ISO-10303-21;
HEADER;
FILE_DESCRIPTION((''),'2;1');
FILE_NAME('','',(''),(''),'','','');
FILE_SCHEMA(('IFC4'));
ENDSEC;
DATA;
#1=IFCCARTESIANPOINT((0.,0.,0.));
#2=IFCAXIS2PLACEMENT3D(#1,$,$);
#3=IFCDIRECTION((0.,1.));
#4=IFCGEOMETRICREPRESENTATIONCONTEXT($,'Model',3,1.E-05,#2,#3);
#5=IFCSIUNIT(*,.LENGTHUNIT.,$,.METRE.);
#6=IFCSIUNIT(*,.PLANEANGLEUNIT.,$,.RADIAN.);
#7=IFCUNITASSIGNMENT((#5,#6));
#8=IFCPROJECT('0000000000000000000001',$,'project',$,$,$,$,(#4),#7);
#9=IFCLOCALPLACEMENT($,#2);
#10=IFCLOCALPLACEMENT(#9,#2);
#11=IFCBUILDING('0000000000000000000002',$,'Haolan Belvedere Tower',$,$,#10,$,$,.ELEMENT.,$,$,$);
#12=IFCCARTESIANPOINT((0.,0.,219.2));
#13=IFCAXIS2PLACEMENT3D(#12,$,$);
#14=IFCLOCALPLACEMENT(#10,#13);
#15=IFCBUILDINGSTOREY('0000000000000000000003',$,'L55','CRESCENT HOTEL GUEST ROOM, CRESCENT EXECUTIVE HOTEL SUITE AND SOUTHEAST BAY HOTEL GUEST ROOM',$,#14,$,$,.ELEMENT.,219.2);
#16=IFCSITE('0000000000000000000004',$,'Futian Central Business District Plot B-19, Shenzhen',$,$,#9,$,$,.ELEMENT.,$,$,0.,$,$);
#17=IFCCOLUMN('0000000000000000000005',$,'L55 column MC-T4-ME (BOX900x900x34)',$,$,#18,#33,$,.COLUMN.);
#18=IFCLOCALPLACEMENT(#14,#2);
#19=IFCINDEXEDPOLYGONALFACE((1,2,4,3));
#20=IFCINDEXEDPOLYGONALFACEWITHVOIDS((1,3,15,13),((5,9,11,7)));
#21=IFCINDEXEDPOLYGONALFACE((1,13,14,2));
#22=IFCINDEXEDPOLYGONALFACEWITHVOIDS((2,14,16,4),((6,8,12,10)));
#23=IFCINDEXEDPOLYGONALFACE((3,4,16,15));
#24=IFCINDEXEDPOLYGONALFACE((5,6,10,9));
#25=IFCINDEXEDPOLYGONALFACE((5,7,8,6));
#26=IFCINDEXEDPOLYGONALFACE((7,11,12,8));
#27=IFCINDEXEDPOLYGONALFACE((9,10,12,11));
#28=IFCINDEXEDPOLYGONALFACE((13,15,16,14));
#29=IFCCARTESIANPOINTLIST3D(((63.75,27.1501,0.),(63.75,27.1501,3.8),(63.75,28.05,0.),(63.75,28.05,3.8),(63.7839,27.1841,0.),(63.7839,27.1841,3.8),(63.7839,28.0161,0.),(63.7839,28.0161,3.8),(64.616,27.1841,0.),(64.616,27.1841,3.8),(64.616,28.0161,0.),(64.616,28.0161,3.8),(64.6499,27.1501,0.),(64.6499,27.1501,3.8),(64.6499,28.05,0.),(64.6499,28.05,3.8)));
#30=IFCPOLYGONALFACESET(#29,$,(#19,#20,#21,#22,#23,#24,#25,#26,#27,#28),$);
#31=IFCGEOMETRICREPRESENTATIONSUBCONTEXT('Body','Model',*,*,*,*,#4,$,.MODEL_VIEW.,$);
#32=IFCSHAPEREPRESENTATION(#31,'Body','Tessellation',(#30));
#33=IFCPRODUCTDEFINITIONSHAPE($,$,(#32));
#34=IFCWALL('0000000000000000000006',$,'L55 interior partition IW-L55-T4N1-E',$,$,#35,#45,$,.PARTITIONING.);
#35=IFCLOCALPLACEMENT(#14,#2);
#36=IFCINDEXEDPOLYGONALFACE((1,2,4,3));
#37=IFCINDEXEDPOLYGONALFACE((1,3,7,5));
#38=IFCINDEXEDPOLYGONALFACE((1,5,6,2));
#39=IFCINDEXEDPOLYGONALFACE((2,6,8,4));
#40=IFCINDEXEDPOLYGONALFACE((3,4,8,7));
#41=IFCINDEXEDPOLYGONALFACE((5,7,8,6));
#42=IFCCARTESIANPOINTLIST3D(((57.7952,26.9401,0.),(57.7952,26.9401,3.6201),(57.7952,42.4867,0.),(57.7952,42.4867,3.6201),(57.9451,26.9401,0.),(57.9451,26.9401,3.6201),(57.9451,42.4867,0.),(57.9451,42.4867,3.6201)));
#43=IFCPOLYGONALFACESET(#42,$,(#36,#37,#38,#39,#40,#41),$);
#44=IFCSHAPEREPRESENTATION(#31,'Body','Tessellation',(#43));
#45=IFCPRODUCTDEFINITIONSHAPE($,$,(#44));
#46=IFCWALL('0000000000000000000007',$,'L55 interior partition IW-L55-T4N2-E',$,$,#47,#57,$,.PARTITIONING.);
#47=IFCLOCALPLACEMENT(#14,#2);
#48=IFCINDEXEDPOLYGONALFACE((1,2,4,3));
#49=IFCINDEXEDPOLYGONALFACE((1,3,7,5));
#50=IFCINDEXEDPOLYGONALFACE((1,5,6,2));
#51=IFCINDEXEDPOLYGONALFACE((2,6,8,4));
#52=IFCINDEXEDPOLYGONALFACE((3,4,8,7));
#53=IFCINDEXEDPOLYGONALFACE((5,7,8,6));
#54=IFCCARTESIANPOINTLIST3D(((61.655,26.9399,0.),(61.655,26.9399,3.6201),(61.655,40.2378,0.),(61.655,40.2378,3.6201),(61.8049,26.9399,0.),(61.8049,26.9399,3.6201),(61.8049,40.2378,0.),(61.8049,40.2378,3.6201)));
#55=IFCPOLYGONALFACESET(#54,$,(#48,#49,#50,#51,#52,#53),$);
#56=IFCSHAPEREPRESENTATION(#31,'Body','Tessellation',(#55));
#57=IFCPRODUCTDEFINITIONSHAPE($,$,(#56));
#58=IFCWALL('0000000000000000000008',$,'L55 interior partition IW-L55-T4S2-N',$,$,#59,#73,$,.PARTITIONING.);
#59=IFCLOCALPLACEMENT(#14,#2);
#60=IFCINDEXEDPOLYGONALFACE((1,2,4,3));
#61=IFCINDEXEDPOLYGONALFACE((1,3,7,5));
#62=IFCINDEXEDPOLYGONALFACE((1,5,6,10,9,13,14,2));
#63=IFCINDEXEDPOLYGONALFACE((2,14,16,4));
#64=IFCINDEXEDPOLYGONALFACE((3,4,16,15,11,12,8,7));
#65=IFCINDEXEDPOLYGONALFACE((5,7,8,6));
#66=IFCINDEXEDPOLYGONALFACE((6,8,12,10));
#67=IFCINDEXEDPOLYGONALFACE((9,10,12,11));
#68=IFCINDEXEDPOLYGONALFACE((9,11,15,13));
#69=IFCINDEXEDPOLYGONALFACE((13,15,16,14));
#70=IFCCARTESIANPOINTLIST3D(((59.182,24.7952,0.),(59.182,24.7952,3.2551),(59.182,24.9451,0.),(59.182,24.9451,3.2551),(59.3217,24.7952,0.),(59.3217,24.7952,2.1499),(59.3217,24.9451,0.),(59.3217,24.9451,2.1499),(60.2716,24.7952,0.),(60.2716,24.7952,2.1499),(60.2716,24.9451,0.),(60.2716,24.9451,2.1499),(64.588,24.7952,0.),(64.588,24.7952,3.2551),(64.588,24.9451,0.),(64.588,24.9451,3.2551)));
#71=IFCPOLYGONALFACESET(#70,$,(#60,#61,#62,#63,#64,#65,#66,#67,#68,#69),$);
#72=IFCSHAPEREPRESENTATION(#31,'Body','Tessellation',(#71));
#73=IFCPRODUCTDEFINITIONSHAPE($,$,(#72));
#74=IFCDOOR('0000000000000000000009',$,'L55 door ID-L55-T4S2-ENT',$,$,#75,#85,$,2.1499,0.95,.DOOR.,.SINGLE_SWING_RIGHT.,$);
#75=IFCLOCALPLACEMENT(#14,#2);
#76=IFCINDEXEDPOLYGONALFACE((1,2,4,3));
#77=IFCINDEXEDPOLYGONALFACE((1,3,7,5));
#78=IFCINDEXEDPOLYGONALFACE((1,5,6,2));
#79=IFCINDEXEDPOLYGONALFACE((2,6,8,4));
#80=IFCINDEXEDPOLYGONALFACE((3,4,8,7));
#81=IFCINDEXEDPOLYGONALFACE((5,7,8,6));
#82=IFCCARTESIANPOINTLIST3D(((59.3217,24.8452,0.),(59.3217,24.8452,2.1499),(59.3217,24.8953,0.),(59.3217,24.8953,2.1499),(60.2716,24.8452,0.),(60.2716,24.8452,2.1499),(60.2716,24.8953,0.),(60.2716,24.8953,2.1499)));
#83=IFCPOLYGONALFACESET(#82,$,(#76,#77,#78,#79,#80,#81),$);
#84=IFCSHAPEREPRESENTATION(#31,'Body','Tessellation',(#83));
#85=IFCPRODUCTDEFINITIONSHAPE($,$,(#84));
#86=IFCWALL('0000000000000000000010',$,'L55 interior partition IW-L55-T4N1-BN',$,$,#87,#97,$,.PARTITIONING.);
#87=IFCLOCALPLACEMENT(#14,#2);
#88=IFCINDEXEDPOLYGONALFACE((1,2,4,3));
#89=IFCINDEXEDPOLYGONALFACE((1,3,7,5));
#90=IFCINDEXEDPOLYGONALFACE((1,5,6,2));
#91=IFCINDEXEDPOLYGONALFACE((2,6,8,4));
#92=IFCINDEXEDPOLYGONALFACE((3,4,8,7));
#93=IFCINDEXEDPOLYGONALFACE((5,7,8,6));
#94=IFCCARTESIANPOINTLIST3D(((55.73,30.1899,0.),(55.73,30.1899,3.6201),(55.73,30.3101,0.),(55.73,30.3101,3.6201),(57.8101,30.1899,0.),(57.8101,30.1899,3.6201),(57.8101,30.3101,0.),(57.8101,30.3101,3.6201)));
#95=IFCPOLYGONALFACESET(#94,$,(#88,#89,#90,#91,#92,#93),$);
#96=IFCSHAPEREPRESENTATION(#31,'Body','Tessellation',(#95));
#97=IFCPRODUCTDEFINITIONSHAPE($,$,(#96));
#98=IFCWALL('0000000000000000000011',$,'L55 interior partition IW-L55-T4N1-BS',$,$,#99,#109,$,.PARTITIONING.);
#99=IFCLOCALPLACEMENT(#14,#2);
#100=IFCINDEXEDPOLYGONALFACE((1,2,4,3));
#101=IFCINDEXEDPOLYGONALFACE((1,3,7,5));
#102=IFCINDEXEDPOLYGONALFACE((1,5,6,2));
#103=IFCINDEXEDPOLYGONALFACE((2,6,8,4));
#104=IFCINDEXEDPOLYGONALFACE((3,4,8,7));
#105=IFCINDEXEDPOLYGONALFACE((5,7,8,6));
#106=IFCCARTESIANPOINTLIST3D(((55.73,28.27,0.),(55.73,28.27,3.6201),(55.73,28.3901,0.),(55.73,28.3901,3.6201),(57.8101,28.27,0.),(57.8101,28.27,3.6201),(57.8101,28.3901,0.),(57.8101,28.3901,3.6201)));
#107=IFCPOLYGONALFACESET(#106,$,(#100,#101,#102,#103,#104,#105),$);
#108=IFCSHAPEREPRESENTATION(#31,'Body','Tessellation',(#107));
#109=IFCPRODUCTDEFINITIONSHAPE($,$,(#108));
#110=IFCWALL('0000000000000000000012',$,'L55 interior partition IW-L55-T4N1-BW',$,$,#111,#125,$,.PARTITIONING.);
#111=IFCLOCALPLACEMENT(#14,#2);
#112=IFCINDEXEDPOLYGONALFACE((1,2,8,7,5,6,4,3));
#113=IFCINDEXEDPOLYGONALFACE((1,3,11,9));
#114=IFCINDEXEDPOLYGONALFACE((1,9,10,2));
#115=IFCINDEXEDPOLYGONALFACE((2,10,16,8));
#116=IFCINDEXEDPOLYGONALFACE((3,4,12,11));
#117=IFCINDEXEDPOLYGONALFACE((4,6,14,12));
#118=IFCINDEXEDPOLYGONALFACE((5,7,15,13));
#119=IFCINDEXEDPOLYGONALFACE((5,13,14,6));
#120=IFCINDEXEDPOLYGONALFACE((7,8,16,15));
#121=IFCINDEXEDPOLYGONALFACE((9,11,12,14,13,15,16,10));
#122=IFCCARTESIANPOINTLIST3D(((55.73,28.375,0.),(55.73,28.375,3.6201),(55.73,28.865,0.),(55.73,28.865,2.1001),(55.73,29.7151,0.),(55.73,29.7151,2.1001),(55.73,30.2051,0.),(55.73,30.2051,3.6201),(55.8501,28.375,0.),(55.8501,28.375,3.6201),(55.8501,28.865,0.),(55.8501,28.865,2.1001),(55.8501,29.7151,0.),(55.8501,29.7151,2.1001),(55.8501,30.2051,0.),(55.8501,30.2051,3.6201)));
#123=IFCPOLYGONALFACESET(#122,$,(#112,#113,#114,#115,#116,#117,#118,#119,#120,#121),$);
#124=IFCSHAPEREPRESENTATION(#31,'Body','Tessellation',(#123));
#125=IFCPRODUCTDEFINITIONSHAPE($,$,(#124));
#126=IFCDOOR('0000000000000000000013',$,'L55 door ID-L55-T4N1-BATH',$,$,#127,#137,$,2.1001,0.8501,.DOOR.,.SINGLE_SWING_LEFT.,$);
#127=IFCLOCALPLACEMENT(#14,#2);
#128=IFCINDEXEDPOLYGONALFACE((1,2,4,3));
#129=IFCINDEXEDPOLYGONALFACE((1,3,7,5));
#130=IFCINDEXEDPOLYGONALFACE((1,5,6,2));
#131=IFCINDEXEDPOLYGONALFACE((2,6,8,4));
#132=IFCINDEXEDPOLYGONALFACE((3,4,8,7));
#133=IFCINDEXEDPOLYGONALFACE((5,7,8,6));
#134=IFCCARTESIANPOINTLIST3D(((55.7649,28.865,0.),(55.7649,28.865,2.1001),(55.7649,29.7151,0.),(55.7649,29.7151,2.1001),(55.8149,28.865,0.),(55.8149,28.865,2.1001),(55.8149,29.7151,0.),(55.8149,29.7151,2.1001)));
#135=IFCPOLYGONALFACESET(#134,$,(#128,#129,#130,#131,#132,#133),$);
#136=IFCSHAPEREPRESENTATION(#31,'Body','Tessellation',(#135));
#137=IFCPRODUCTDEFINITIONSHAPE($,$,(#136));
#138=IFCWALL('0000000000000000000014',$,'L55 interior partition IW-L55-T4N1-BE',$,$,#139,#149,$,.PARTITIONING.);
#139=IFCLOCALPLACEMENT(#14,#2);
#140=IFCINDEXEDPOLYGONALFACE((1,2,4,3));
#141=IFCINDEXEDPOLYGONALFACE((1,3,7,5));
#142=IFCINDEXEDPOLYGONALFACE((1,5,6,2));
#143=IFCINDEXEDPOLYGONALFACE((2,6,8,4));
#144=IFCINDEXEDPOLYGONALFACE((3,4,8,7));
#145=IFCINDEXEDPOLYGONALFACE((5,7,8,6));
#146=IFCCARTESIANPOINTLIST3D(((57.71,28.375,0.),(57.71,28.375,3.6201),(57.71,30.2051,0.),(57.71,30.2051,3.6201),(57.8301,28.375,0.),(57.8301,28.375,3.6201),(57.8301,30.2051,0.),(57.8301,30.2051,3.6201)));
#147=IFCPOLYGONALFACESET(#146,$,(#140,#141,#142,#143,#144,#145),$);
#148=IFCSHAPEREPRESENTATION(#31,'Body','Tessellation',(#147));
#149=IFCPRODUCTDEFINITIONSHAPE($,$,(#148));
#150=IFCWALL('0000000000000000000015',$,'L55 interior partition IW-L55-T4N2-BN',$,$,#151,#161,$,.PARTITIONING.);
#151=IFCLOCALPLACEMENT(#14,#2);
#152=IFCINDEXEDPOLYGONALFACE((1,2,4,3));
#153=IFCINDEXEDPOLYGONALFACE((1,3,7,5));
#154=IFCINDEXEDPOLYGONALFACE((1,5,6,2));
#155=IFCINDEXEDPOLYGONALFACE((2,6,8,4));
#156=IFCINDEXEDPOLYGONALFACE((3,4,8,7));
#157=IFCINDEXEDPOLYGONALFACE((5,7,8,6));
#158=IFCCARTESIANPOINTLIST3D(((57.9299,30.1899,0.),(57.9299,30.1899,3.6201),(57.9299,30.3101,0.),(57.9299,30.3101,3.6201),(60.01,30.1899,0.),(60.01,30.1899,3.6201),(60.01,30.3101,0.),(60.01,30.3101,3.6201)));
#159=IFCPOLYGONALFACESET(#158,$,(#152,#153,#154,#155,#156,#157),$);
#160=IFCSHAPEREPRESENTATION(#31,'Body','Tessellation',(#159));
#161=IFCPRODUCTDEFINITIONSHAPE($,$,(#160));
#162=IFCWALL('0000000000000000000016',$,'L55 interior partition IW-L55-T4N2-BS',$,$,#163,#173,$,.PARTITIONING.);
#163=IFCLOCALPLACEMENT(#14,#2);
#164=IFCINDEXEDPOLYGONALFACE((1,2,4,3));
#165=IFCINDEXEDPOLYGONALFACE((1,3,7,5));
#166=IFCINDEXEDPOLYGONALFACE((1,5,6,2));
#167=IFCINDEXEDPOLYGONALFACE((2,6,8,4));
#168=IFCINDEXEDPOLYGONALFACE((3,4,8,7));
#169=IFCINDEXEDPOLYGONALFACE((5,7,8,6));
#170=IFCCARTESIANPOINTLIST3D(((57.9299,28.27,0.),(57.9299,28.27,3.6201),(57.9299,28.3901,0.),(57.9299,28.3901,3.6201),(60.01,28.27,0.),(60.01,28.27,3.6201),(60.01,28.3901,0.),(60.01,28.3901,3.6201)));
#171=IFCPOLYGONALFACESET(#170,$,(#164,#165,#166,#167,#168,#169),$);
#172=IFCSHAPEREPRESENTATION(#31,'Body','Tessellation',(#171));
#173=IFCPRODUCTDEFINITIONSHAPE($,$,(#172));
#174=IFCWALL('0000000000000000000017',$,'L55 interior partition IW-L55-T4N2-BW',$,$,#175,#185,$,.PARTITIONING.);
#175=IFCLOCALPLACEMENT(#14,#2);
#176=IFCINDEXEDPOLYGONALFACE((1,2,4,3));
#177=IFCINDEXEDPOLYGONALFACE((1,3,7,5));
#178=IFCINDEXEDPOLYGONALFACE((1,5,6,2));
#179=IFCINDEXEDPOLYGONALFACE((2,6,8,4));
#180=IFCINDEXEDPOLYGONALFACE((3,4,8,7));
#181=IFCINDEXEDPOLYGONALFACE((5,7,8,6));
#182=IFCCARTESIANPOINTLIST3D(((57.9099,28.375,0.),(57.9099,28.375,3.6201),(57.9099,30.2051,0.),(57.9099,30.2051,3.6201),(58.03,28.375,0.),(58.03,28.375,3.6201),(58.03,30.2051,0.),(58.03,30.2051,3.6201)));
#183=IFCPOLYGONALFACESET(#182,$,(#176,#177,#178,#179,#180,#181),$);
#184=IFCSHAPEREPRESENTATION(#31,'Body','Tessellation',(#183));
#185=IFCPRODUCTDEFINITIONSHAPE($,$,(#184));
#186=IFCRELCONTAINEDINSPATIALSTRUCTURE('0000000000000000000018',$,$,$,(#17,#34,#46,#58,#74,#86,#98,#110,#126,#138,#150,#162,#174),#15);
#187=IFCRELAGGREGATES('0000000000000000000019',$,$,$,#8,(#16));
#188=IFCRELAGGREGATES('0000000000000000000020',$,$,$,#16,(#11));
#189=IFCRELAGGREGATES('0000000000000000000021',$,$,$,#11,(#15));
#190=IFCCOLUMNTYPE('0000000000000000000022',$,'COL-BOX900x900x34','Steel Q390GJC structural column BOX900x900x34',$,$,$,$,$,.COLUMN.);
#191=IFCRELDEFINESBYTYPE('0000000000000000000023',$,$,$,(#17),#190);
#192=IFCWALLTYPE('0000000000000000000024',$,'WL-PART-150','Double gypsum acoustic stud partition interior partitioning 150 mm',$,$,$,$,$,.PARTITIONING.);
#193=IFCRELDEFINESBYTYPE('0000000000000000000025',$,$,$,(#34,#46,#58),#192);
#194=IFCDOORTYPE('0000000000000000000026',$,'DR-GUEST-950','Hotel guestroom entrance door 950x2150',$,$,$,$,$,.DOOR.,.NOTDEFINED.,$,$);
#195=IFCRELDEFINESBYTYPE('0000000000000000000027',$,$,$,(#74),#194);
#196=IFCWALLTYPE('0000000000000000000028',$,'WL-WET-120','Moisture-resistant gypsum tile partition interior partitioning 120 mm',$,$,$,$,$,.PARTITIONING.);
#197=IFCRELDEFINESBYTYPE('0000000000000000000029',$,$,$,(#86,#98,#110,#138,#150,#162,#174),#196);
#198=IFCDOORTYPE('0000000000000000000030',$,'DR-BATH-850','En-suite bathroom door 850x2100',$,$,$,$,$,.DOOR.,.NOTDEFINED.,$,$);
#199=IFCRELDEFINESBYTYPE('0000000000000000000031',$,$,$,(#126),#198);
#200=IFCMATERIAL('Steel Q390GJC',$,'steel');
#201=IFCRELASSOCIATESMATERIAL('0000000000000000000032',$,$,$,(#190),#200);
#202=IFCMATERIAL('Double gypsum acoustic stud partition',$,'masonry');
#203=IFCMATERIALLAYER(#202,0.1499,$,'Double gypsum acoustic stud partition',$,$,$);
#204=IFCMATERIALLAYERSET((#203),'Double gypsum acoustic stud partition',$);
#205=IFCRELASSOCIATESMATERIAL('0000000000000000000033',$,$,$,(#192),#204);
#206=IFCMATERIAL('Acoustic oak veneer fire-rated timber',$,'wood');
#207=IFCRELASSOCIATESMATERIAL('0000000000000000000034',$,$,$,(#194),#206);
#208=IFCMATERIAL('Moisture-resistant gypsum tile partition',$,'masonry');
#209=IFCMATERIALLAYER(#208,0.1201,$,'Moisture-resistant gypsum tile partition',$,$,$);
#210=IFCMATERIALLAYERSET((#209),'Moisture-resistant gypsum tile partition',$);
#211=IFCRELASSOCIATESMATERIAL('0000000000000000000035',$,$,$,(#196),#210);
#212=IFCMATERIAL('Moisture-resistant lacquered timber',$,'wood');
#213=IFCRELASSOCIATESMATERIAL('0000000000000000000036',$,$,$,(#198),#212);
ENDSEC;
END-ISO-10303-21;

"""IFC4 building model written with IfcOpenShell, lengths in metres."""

from ifc_helpers import new_model, si_unit, direction, frame, frame_2d, origin, origin_2d, place, context, subcontext, project, spatial, rectangle, hollow_rectangle, extrude, material, layer, layer_set, material_profile, profile_set, type_object, element, fill, save


model = new_model("IFC4")

# Units and contexts
model_context = context("Model", 3, precision=1e-05, world=origin(), true_north=direction((0.0, 1.0)))
body_context = subcontext(model_context, "Body", "Model", "MODEL_VIEW")
ifc_project = project(units=[si_unit("LENGTHUNIT", "METRE"), si_unit("PLANEANGLEUNIT", "RADIAN")], contexts=[model_context])

# Site, building, storey
site_placement = place(None, origin())
site = spatial("IfcSite", under=ifc_project, at=site_placement, Name="Futian Central Business District Plot B-19, Shenzhen", CompositionType="ELEMENT", RefElevation=0.0)
building_placement = place(site_placement, origin())
building = spatial("IfcBuilding", under=site, at=building_placement, Name="Haolan Belvedere Tower", CompositionType="ELEMENT")
storey_placement = place(building_placement, frame((0.0, 0.0, 219.2)))
storey = spatial("IfcBuildingStorey", under=building, at=storey_placement, Name="L55", Description="CRESCENT HOTEL GUEST ROOM, CRESCENT EXECUTIVE HOTEL SUITE AND SOUTHEAST BAY HOTEL GUEST ROOM", CompositionType="ELEMENT", Elevation=219.2)

# Column
ifc_material_1 = material(Name="Steel Q390GJC", Category="steel")
ifc_material_profile = material_profile(ifc_material_1, hollow_rectangle(XDim=0.8999, YDim=0.8999, WallThickness=0.0339, at=origin_2d()), Name="Steel Q390GJC")
ifc_profile_set = profile_set([ifc_material_profile], Name="Steel Q390GJC")
column_type = type_object("IfcColumnType", Name="COL-BOX900x900x34", Description="Steel Q390GJC structural column BOX900x900x34", PredefinedType="COLUMN", material=ifc_profile_set)
column_placement = place(storey_placement, frame((64.2, 27.6001, 0.0), z_axis=(0.0, 0.0, 1.0), x_axis=(1.0, 0.0, 0.0)))
element("IfcColumn", 1, at=column_placement, inside=storey, type_object=column_type, Name="L55 column MC-T4-ME (BOX900x900x34)", PredefinedType="COLUMN", context=body_context, shape_type="SweptSolid", body=[
    extrude(hollow_rectangle(XDim=0.8999, YDim=0.8999, WallThickness=0.0339, at=origin_2d()), origin(), (0.0, 0.0, 1.0), 3.8),
])

# Wall
ifc_material_2 = material(Name="Double gypsum acoustic stud partition", Category="masonry")
ifc_layer_1 = layer(ifc_material_2, 0.1499, Name="Double gypsum acoustic stud partition")
ifc_layer_set_1 = layer_set([ifc_layer_1], Name="Double gypsum acoustic stud partition")
wall_type_1 = type_object("IfcWallType", Name="WL-PART-150", Description="Double gypsum acoustic stud partition interior partitioning 150 mm", PredefinedType="PARTITIONING", material=ifc_layer_set_1)
wall_1_placement = place(storey_placement, frame((57.8701, 26.9399, 0.0), z_axis=(0.0, 0.0, 1.0), x_axis=(0.0, 1.0, 0.0)))
element("IfcWall", 2, at=wall_1_placement, inside=storey, type_object=wall_type_1, Name="L55 interior partition IW-L55-T4N1-E", PredefinedType="PARTITIONING", context=body_context, shape_type="SweptSolid", body=[
    extrude(rectangle(XDim=15.5466, YDim=0.1499, at=frame_2d((7.7734, 0.0))), origin(), (0.0, 0.0, 1.0), 3.6201),
])

# Shared definitions
ifc_material_3 = material(Name="Acoustic oak veneer fire-rated timber", Category="wood")
door_type_1 = type_object("IfcDoorType", Name="DR-GUEST-950", Description="Hotel guestroom entrance door 950x2150", OperationType="NOTDEFINED", PredefinedType="DOOR", material=ifc_material_3)

# Wall
wall_2_placement = place(storey_placement, frame((61.73, 26.9399, 0.0), z_axis=(0.0, 0.0, 1.0), x_axis=(0.0, 1.0, 0.0)))
element("IfcWall", 3, at=wall_2_placement, inside=storey, type_object=wall_type_1, Name="L55 interior partition IW-L55-T4N2-E", PredefinedType="PARTITIONING", context=body_context, shape_type="SweptSolid", body=[
    extrude(rectangle(XDim=13.2979, YDim=0.1499, at=frame_2d((6.6489, 0.0))), origin(), (0.0, 0.0, 1.0), 3.6201),
])

# Wall, opening, door
wall_3_placement = place(storey_placement, frame((59.1819, 24.8701, 0.0), z_axis=(0.0, 0.0, 1.0), x_axis=(1.0, 0.0, 0.0)))
wall_3 = element("IfcWall", 4, at=wall_3_placement, inside=storey, type_object=wall_type_1, Name="L55 interior partition IW-L55-T4S2-N", PredefinedType="PARTITIONING", context=body_context, shape_type="SweptSolid", body=[
    extrude(rectangle(XDim=5.406, YDim=0.1499, at=frame_2d((2.7031, 0.0))), origin(), (0.0, 0.0, 1.0), 3.2551),
])
opening_1_placement = place(wall_3_placement, frame((1.0898, 0.0, 0.0), z_axis=(0.0, 0.0, 1.0), x_axis=(-1.0, 0.0, 0.0)))
opening_1 = element("IfcOpeningElement", 5, at=opening_1_placement, cuts=wall_3, PredefinedType="OPENING", context=body_context, shape_type="SweptSolid", body=[
    extrude(rectangle(XDim=0.95, YDim=2.1499, at=frame_2d((0.4751, 1.075))), frame((0.0, 0.085, 0.0), z_axis=(0.0, -1.0, 0.0), x_axis=(1.0, 0.0, 0.0)), (0.0, 0.0, 1.0), 0.1699),
])
door_1_placement = place(opening_1_placement, origin())
door_1 = element("IfcDoor", 6, at=door_1_placement, inside=storey, type_object=door_type_1, Name="L55 door ID-L55-T4S2-ENT", OperationType="SINGLE_SWING_RIGHT", OverallHeight=2.1499, OverallWidth=0.95, PredefinedType="DOOR", context=body_context, shape_type="SweptSolid", body=[
    extrude(rectangle(XDim=0.95, YDim=2.1499, at=frame_2d((0.4751, 1.075))), frame((0.0, 0.0249, 0.0), z_axis=(0.0, -1.0, 0.0), x_axis=(1.0, 0.0, 0.0)), (0.0, 0.0, 1.0), 0.05),
])
fill(opening_1, door_1)

# Walls
ifc_material_4 = material(Name="Moisture-resistant gypsum tile partition", Category="masonry")
ifc_layer_2 = layer(ifc_material_4, 0.1201, Name="Moisture-resistant gypsum tile partition")
ifc_layer_set_2 = layer_set([ifc_layer_2], Name="Moisture-resistant gypsum tile partition")
wall_type_2 = type_object("IfcWallType", Name="WL-WET-120", Description="Moisture-resistant gypsum tile partition interior partitioning 120 mm", PredefinedType="PARTITIONING", material=ifc_layer_set_2)
for number, where, z_axis, x_axis, name in (
    (7, (55.73, 30.25, 0.0), (0.0, 0.0, 1.0), (1.0, 0.0, 0.0), "L55 interior partition IW-L55-T4N1-BN"),
    (8, (55.73, 28.3301, 0.0), (0.0, 0.0, 1.0), (1.0, 0.0, 0.0), "L55 interior partition IW-L55-T4N1-BS"),
):
    element("IfcWall", number, at=place(storey_placement, frame(where, z_axis=z_axis, x_axis=x_axis)), inside=storey, type_object=wall_type_2, Name=name, PredefinedType="PARTITIONING", context=body_context, shape_type="SweptSolid", body=[
        extrude(rectangle(XDim=2.0801, YDim=0.1201, at=frame_2d((1.04, 0.0))), origin(), (0.0, 0.0, 1.0), 3.6201),
    ])

# Wall, opening, door
wall_4_placement = place(storey_placement, frame((55.79, 28.375, 0.0), z_axis=(0.0, 0.0, 1.0), x_axis=(0.0, 1.0, 0.0)))
wall_4 = element("IfcWall", 9, at=wall_4_placement, inside=storey, type_object=wall_type_2, Name="L55 interior partition IW-L55-T4N1-BW", PredefinedType="PARTITIONING", context=body_context, shape_type="SweptSolid", body=[
    extrude(rectangle(XDim=1.8301, YDim=0.1201, at=frame_2d((0.915, 0.0))), origin(), (0.0, 0.0, 1.0), 3.6201),
])
opening_2_placement = place(wall_4_placement, frame((1.3401, 0.0, 0.0), z_axis=(0.0, 0.0, 1.0), x_axis=(-1.0, 0.0, 0.0)))
opening_2 = element("IfcOpeningElement", 10, at=opening_2_placement, cuts=wall_4, PredefinedType="OPENING", context=body_context, shape_type="SweptSolid", body=[
    extrude(rectangle(XDim=0.8501, YDim=2.1001, at=frame_2d((0.425, 1.05))), frame((0.0, 0.0701, 0.0), z_axis=(0.0, -1.0, 0.0), x_axis=(1.0, 0.0, 0.0)), (0.0, 0.0, 1.0), 0.1401),
])
ifc_material_5 = material(Name="Moisture-resistant lacquered timber", Category="wood")
door_type_2 = type_object("IfcDoorType", Name="DR-BATH-850", Description="En-suite bathroom door 850x2100", OperationType="NOTDEFINED", PredefinedType="DOOR", material=ifc_material_5)
door_2_placement = place(opening_2_placement, origin())
door_2 = element("IfcDoor", 11, at=door_2_placement, inside=storey, type_object=door_type_2, Name="L55 door ID-L55-T4N1-BATH", OperationType="SINGLE_SWING_LEFT", OverallHeight=2.1001, OverallWidth=0.8501, PredefinedType="DOOR", context=body_context, shape_type="SweptSolid", body=[
    extrude(rectangle(XDim=0.8501, YDim=2.1001, at=frame_2d((0.425, 1.05))), frame((0.0, 0.0249, 0.0), z_axis=(0.0, -1.0, 0.0), x_axis=(1.0, 0.0, 0.0)), (0.0, 0.0, 1.0), 0.05),
])
fill(opening_2, door_2)

# Walls
wall_5_placement = place(storey_placement, frame((57.77, 28.375, 0.0), z_axis=(0.0, 0.0, 1.0), x_axis=(0.0, 1.0, 0.0)))
element("IfcWall", 12, at=wall_5_placement, inside=storey, type_object=wall_type_2, Name="L55 interior partition IW-L55-T4N1-BE", PredefinedType="PARTITIONING", context=body_context, shape_type="SweptSolid", body=[
    extrude(rectangle(XDim=1.8301, YDim=0.1201, at=frame_2d((0.915, 0.0))), origin(), (0.0, 0.0, 1.0), 3.6201),
])
for number, where, z_axis, x_axis, name in (
    (13, (57.9299, 30.25, 0.0), (0.0, 0.0, 1.0), (1.0, 0.0, 0.0), "L55 interior partition IW-L55-T4N2-BN"),
    (14, (57.9299, 28.3301, 0.0), (0.0, 0.0, 1.0), (1.0, 0.0, 0.0), "L55 interior partition IW-L55-T4N2-BS"),
):
    element("IfcWall", number, at=place(storey_placement, frame(where, z_axis=z_axis, x_axis=x_axis)), inside=storey, type_object=wall_type_2, Name=name, PredefinedType="PARTITIONING", context=body_context, shape_type="SweptSolid", body=[
        extrude(rectangle(XDim=2.0801, YDim=0.1201, at=frame_2d((1.04, 0.0))), origin(), (0.0, 0.0, 1.0), 3.6201),
    ])
wall_6_placement = place(storey_placement, frame((57.97, 28.375, 0.0), z_axis=(0.0, 0.0, 1.0), x_axis=(0.0, 1.0, 0.0)))
element("IfcWall", 15, at=wall_6_placement, inside=storey, type_object=wall_type_2, Name="L55 interior partition IW-L55-T4N2-BW", PredefinedType="PARTITIONING", context=body_context, shape_type="SweptSolid", body=[
    extrude(rectangle(XDim=1.8301, YDim=0.1201, at=frame_2d((0.915, 0.0))), origin(), (0.0, 0.0, 1.0), 3.6201),
])

save(model, "model.ifc")
